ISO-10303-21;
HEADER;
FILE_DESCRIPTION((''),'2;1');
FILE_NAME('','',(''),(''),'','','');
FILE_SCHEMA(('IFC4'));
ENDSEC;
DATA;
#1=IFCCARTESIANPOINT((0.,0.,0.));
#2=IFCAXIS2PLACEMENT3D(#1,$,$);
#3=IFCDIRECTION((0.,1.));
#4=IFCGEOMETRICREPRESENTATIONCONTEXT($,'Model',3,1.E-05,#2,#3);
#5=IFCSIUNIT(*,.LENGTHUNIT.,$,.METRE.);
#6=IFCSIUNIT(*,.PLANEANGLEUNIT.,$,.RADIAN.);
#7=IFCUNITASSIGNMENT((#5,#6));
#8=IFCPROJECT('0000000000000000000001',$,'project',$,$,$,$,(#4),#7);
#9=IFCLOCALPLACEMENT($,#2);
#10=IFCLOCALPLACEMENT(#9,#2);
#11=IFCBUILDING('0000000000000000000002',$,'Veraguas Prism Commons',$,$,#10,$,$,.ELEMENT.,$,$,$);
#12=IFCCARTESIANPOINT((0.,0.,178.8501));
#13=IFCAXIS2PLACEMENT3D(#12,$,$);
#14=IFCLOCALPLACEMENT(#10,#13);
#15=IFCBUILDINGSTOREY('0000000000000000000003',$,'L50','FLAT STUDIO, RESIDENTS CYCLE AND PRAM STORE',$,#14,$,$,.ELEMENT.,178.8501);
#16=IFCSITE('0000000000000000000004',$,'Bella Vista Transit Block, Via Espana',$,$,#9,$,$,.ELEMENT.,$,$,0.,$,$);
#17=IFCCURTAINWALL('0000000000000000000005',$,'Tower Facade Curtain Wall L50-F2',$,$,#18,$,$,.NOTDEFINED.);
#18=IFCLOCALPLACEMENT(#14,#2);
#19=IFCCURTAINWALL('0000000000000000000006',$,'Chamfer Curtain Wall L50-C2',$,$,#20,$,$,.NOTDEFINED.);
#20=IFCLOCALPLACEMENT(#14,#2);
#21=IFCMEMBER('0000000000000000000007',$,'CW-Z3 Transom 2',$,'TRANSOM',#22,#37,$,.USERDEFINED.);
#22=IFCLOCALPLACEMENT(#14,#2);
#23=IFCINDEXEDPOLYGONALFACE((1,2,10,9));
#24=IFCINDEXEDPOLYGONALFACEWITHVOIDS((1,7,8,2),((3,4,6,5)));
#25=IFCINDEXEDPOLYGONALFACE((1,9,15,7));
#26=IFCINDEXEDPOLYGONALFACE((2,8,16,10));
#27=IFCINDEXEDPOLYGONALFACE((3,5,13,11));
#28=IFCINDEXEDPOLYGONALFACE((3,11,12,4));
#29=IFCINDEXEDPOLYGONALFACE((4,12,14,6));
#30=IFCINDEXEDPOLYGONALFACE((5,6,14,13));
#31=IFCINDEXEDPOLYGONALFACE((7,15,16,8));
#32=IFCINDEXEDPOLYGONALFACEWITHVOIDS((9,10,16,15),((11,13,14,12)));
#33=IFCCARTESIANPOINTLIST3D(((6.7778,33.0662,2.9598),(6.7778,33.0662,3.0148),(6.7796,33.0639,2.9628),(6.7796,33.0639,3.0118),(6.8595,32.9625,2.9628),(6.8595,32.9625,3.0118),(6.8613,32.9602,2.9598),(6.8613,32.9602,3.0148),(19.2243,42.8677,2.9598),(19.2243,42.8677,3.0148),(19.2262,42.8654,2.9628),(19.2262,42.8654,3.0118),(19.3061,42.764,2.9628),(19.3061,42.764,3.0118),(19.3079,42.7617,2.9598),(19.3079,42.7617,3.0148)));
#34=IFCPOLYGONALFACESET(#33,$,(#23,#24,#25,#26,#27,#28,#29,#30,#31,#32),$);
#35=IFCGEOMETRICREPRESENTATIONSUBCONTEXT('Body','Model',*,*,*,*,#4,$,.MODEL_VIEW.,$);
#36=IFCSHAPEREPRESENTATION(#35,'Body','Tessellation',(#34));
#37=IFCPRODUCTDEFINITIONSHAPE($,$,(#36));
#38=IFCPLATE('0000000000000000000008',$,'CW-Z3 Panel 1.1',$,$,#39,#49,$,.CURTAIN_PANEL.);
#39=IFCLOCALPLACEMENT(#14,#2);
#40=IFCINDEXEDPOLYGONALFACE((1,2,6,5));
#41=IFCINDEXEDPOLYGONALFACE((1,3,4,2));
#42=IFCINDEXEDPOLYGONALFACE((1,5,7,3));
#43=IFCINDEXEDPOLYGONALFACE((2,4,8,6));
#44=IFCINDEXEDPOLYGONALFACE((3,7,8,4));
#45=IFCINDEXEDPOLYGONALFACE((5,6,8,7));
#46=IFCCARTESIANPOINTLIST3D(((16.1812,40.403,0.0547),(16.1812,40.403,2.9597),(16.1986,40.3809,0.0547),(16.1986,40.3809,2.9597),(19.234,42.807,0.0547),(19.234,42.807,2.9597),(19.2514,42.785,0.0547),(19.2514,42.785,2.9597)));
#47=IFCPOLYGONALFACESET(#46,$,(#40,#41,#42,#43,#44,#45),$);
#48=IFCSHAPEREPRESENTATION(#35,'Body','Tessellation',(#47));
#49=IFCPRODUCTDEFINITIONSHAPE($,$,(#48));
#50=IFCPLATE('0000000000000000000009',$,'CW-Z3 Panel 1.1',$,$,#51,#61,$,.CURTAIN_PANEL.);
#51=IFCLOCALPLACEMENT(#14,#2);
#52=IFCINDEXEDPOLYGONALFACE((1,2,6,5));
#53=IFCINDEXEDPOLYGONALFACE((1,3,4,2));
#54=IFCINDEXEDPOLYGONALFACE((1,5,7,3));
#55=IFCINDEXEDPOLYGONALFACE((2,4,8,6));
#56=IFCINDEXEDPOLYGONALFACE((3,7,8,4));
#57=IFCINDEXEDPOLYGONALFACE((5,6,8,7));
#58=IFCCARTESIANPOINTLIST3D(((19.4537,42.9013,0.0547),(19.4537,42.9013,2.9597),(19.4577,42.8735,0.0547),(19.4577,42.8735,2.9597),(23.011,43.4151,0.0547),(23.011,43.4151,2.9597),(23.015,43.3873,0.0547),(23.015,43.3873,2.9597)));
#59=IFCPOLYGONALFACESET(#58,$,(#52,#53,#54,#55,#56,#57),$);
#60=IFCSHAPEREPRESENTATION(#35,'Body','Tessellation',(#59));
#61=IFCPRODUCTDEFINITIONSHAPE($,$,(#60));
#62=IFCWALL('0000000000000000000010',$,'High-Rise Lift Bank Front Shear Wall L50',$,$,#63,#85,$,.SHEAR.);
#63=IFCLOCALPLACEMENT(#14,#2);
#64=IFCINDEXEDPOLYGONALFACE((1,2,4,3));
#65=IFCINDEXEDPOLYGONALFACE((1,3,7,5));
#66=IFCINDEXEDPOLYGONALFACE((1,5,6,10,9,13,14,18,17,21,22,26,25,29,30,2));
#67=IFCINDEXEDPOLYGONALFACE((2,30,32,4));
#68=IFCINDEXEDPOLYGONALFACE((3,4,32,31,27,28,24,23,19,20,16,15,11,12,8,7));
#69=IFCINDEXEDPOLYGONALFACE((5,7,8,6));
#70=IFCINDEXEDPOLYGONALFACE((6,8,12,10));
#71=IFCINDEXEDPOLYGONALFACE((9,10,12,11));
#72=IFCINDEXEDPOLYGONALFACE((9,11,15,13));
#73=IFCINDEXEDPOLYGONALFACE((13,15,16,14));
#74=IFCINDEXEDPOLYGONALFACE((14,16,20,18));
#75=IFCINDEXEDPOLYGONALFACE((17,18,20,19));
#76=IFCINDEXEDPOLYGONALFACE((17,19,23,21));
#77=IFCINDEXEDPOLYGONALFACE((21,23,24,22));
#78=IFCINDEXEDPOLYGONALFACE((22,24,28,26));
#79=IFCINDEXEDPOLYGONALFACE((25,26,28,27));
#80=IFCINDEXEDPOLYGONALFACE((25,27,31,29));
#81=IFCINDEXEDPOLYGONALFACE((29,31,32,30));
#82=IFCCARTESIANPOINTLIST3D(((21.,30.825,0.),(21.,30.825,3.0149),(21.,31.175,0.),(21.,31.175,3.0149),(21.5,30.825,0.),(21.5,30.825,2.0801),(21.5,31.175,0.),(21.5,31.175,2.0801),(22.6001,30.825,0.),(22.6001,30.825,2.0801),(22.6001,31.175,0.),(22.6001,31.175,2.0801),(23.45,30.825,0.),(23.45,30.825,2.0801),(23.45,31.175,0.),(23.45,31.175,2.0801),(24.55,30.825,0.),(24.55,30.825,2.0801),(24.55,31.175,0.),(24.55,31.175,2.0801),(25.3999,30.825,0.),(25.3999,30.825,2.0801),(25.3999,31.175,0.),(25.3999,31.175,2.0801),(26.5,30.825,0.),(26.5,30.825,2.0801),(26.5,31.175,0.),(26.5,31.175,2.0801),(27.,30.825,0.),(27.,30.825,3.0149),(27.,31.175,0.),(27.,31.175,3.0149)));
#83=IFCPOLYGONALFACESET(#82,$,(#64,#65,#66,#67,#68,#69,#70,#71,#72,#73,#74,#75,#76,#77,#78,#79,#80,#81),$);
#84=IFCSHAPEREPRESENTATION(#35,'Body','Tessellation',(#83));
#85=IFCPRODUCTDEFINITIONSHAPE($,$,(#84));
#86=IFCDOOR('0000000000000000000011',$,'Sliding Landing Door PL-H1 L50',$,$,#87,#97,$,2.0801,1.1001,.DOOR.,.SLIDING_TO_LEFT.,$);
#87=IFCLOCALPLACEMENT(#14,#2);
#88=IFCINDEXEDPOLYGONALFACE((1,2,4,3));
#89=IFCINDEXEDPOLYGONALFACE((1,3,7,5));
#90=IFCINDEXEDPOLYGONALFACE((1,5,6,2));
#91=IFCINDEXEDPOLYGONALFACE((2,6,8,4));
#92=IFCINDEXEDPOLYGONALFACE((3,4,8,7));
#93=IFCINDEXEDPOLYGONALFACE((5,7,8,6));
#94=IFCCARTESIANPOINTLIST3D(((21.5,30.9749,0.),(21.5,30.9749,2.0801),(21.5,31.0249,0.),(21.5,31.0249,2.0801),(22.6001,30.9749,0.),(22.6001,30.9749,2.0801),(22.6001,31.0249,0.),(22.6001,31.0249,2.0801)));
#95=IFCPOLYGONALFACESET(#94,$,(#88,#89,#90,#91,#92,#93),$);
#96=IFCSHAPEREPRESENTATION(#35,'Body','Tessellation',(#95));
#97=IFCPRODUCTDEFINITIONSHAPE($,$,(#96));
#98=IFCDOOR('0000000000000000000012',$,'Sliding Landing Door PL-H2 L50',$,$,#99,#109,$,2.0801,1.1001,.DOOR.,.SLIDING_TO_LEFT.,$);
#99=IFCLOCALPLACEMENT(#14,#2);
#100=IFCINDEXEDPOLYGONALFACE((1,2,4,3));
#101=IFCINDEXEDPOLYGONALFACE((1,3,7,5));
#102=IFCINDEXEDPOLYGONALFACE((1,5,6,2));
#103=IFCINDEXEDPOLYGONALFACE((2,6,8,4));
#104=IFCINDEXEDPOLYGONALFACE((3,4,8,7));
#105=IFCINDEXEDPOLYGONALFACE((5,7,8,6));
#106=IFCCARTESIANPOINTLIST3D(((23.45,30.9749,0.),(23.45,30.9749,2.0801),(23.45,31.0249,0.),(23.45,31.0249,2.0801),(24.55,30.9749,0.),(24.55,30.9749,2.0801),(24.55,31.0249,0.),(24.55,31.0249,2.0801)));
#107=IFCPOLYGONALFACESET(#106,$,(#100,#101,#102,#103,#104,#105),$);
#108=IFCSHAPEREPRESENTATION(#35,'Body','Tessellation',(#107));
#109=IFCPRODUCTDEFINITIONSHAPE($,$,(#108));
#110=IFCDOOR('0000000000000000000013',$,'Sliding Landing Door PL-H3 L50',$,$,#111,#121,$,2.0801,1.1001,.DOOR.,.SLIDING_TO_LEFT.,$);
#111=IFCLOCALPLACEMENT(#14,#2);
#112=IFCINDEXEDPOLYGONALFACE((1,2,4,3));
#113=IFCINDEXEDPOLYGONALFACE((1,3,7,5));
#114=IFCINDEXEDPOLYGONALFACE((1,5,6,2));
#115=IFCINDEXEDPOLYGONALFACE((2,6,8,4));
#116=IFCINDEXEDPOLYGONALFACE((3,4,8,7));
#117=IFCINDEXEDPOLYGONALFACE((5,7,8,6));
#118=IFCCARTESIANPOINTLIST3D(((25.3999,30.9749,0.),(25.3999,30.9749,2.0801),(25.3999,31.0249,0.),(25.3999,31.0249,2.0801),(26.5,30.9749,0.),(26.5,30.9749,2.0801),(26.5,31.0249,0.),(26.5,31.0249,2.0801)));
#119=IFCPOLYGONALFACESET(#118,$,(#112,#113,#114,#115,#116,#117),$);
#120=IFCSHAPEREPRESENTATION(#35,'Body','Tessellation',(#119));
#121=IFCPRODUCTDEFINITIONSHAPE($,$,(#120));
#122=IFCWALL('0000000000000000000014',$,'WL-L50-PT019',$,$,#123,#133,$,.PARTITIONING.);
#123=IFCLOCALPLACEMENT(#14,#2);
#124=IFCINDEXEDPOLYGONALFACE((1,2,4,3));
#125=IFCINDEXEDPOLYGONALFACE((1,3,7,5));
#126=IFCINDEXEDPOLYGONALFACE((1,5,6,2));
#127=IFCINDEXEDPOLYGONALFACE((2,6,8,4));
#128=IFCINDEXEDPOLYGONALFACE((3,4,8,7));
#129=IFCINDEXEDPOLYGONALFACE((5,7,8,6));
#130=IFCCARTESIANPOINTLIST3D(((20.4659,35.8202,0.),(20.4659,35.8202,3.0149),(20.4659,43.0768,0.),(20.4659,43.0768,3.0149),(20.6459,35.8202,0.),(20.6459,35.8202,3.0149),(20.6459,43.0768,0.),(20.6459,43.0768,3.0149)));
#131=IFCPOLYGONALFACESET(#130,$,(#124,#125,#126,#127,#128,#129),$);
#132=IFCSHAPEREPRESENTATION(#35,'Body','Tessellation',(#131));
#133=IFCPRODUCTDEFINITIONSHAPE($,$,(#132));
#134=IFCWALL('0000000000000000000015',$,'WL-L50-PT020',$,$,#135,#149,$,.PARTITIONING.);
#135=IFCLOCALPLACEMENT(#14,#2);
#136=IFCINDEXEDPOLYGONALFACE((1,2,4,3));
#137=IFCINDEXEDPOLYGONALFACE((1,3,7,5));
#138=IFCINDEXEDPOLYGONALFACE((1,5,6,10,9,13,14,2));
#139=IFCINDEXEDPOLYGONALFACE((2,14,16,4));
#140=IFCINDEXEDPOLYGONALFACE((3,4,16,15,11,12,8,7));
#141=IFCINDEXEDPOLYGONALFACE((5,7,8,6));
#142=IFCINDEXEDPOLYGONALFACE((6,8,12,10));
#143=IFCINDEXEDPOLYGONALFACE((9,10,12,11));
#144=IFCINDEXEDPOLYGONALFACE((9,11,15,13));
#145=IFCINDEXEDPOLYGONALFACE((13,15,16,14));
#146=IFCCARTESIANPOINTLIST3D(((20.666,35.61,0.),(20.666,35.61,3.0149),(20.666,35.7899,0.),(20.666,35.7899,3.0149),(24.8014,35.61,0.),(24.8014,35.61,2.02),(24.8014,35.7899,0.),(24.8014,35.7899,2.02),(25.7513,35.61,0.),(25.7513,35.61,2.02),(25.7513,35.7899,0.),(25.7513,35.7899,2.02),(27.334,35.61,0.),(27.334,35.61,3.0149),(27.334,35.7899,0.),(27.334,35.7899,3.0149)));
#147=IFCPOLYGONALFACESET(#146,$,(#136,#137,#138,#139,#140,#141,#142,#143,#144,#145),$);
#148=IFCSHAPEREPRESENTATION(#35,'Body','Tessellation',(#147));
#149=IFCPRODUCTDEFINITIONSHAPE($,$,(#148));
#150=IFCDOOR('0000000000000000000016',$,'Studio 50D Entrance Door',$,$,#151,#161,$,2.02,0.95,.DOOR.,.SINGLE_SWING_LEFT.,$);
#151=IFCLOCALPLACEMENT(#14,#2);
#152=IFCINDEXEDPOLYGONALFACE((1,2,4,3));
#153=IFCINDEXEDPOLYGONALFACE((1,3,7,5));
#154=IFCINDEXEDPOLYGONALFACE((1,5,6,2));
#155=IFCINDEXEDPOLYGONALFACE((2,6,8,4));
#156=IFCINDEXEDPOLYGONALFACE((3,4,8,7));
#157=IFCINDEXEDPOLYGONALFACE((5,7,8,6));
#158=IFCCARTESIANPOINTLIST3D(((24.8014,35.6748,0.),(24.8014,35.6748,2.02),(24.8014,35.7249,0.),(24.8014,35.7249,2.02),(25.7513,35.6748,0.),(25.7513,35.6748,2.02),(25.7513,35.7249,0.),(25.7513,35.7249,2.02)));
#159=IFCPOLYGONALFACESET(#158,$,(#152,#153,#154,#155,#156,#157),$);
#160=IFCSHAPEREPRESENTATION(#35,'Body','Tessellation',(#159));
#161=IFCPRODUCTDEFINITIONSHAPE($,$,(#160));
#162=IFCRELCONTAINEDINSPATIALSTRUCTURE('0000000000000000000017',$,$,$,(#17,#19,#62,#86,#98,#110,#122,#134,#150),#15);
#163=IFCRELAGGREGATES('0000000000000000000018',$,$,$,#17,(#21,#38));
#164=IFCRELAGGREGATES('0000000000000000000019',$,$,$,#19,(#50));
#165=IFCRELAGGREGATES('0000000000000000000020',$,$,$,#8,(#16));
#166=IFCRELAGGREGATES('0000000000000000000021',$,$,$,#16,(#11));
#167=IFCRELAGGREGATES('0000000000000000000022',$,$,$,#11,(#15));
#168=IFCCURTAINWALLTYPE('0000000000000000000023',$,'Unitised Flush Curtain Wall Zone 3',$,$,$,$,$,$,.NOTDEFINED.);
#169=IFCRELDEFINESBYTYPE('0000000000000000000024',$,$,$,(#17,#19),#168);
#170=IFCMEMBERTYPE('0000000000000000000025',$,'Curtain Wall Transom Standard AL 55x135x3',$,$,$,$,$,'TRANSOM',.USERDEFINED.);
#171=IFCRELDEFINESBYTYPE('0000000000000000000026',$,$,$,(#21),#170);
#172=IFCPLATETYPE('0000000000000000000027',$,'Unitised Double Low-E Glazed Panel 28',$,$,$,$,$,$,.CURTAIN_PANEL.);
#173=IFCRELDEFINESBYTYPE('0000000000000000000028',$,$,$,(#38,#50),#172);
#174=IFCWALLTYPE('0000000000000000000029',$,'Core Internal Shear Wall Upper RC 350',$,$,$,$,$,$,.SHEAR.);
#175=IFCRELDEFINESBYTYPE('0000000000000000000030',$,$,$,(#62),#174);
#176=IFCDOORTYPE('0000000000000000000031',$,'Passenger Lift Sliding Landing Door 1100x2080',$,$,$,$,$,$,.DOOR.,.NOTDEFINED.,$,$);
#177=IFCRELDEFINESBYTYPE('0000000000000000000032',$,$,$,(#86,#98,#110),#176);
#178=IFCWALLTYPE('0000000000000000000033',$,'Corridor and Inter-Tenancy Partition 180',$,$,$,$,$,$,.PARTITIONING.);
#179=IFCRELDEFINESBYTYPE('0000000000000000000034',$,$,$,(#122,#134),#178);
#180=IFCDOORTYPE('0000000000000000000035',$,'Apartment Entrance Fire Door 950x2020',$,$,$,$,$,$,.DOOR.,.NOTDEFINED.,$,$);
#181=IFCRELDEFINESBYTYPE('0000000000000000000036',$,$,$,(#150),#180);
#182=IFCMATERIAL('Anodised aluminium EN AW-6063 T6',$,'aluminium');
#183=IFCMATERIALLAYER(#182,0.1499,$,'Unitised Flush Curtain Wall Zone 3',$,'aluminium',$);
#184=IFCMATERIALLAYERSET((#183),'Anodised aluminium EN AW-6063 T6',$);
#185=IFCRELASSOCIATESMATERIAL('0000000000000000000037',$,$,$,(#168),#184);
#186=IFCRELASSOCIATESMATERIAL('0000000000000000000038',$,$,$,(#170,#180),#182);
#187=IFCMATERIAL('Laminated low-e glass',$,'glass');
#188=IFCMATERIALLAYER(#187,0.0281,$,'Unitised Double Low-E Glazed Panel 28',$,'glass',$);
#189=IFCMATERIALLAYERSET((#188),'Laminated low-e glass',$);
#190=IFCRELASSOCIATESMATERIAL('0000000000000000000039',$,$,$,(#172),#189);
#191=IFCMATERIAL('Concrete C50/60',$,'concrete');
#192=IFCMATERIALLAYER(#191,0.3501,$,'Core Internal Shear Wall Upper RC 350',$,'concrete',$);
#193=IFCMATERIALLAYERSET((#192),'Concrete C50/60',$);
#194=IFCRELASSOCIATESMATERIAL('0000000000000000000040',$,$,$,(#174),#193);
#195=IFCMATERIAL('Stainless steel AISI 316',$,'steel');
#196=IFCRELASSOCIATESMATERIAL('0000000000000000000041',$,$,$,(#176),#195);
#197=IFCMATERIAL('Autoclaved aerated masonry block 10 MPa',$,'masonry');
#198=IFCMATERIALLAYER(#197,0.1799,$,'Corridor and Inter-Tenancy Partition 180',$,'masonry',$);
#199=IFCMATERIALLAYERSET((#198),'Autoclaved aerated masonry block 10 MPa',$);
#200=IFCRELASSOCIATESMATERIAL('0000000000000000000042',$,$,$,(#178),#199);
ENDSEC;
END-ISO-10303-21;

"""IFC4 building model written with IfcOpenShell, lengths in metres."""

from ifc_helpers import new_model, si_unit, direction, frame, frame_2d, origin, origin_2d, place, context, subcontext, project, spatial, rectangle, hollow_rectangle, extrude, source, transform, mapped, material, layer, layer_set, material_profile, profile_set, type_object, element, fill, aggregate, save


model = new_model("IFC4")

# Units and contexts
model_context = context("Model", 3, precision=1e-05, world=origin(), true_north=direction((0.0, 1.0)))
body_context = subcontext(model_context, "Body", "Model", "MODEL_VIEW")
ifc_project = project(units=[si_unit("LENGTHUNIT", "METRE"), si_unit("PLANEANGLEUNIT", "RADIAN")], contexts=[model_context])

# Site, building, storey
site_placement = place(None, origin())
site = spatial("IfcSite", under=ifc_project, at=site_placement, Name="Bella Vista Transit Block, Via Espana", CompositionType="ELEMENT", RefElevation=0.0)
building_placement = place(site_placement, origin())
building = spatial("IfcBuilding", under=site, at=building_placement, Name="Veraguas Prism Commons", CompositionType="ELEMENT")
storey_placement = place(building_placement, frame((0.0, 0.0, 178.8501)))
storey = spatial("IfcBuildingStorey", under=building, at=storey_placement, Name="L50", Description="FLAT STUDIO, RESIDENTS CYCLE AND PRAM STORE", CompositionType="ELEMENT", Elevation=178.8501)

# Shared definitions
ifc_material_1 = material(Name="Concrete C50/60", Category="concrete")

# Curtain wall
ifc_material_2 = material(Name="Anodised aluminium EN AW-6063 T6", Category="aluminium")
ifc_layer_1 = layer(ifc_material_2, 0.1499, Name="Unitised Flush Curtain Wall Zone 3", Category="aluminium")
ifc_layer_set_1 = layer_set([ifc_layer_1], Name="Anodised aluminium EN AW-6063 T6")
curtain_wall_type = type_object("IfcCurtainWallType", Name="Unitised Flush Curtain Wall Zone 3", PredefinedType="NOTDEFINED", material=ifc_layer_set_1)
curtain_wall_1_placement = place(storey_placement, origin())
curtain_wall_1 = element("IfcCurtainWall", 1, at=curtain_wall_1_placement, inside=storey, type_object=curtain_wall_type, Name="Tower Facade Curtain Wall L50-F2", PredefinedType="NOTDEFINED")

# Curtain wall
curtain_wall_2_placement = place(storey_placement, origin())
curtain_wall_2 = element("IfcCurtainWall", 2, at=curtain_wall_2_placement, inside=storey, type_object=curtain_wall_type, Name="Chamfer Curtain Wall L50-C2", PredefinedType="NOTDEFINED")

# Member
ifc_material_profile_1 = material_profile(ifc_material_2, hollow_rectangle(XDim=0.0549, YDim=0.135, WallThickness=0.0029, at=origin_2d()), Name="AL55X135X3")
ifc_profile_set_1 = profile_set([ifc_material_profile_1], Name="Anodised aluminium EN AW-6063 T6")
member_type_1 = type_object("IfcMemberType", Name="Curtain Wall Transom Standard AL 55x135x3", ElementType="TRANSOM", PredefinedType="USERDEFINED", material=ifc_profile_set_1)
shared_shape_1 = source(origin(), body_context, "Body", "SweptSolid", [
    extrude(hollow_rectangle(XDim=0.0549, YDim=0.135, WallThickness=0.0029, at=origin_2d()), origin(), (0.0, 0.0, 1.0), 15.8425),
])
member_1_placement = place(storey_placement, frame((19.2661, 42.8147, 2.9873), z_axis=(-0.78564, -0.618683, 0.0), x_axis=(0.0, 0.0, 1.0)))
member_1 = element("IfcMember", 3, at=member_1_placement, type_object=member_type_1, Name="CW-Z3 Transom 2", ObjectType="TRANSOM", PredefinedType="USERDEFINED", context=body_context, shape_type="MappedRepresentation", body=[
    mapped(shared_shape_1, transform((0.0, 0.0, 0.0), scale=1.0)),
])

# Plates
ifc_material_3 = material(Name="Laminated low-e glass", Category="glass")
ifc_layer_2 = layer(ifc_material_3, 0.0281, Name="Unitised Double Low-E Glazed Panel 28", Category="glass")
ifc_layer_set_2 = layer_set([ifc_layer_2], Name="Laminated low-e glass")
plate_type = type_object("IfcPlateType", Name="Unitised Double Low-E Glazed Panel 28", PredefinedType="CURTAIN_PANEL", material=ifc_layer_set_2)
shared_shape_2 = source(origin(), body_context, "Body", "SweptSolid", [
    extrude(rectangle(XDim=3.8857, YDim=0.0281, at=origin_2d()), origin(), (0.0, 0.0, 1.0), 2.905),
])
plate_1_placement = place(storey_placement, frame((17.7163, 41.594, 0.0547), z_axis=(0.0, 0.0, 1.0), x_axis=(-0.785642, -0.618681, 0.0)))
plate_1 = element("IfcPlate", 4, at=plate_1_placement, type_object=plate_type, Name="CW-Z3 Panel 1.1", PredefinedType="CURTAIN_PANEL", context=body_context, shape_type="MappedRepresentation", body=[
    mapped(shared_shape_2, transform((0.0, 0.0, 0.0), scale=1.0)),
])
aggregate(curtain_wall_1, [member_1, plate_1])
shared_shape_3 = source(origin(), body_context, "Body", "SweptSolid", [
    extrude(rectangle(XDim=3.5942, YDim=0.0281, at=origin_2d()), origin(), (0.0, 0.0, 1.0), 2.905),
])
plate_2_placement = place(storey_placement, frame((21.2344, 43.1443, 0.0547), z_axis=(0.0, 0.0, 1.0), x_axis=(-0.989729, -0.142959, 0.0)))
plate_2 = element("IfcPlate", 5, at=plate_2_placement, type_object=plate_type, Name="CW-Z3 Panel 1.1", PredefinedType="CURTAIN_PANEL", context=body_context, shape_type="MappedRepresentation", body=[
    mapped(shared_shape_3, transform((0.0, 0.0, 0.0), scale=1.0)),
])
aggregate(curtain_wall_2, [plate_2])

# Wall, openings, doors
ifc_layer_3 = layer(ifc_material_1, 0.3501, Name="Core Internal Shear Wall Upper RC 350", Category="concrete")
ifc_layer_set_3 = layer_set([ifc_layer_3], Name="Concrete C50/60")
wall_type_1 = type_object("IfcWallType", Name="Core Internal Shear Wall Upper RC 350", PredefinedType="SHEAR", material=ifc_layer_set_3)
wall_1_placement = place(storey_placement, frame((21.0, 31.0, 0.0), z_axis=(0.0, 0.0, 1.0), x_axis=(1.0, 0.0, 0.0)))
wall_1 = element("IfcWall", 6, at=wall_1_placement, inside=storey, type_object=wall_type_1, Name="High-Rise Lift Bank Front Shear Wall L50", PredefinedType="SHEAR", context=body_context, shape_type="SweptSolid", body=[
    extrude(rectangle(XDim=6.0, YDim=0.3501, at=frame_2d((3.0, 0.0))), origin(), (0.0, 0.0, 1.0), 3.0149),
])
opening_1_placement = place(wall_1_placement, frame((0.5, 0.0, 0.0)))
opening_1 = element("IfcOpeningElement", 7, at=opening_1_placement, cuts=wall_1, PredefinedType="OPENING", context=body_context, shape_type="SweptSolid", body=[
    extrude(rectangle(XDim=1.1001, YDim=2.0801, at=frame_2d((0.55, 1.04))), frame((0.0, 0.1851, 0.0), z_axis=(0.0, -1.0, 0.0), x_axis=(1.0, 0.0, 0.0)), (0.0, 0.0, 1.0), 0.3701),
])
opening_2_placement = place(wall_1_placement, frame((2.45, 0.0, 0.0)))
opening_2 = element("IfcOpeningElement", 8, at=opening_2_placement, cuts=wall_1, PredefinedType="OPENING", context=body_context, shape_type="SweptSolid", body=[
    extrude(rectangle(XDim=1.1001, YDim=2.0801, at=frame_2d((0.55, 1.04))), frame((0.0, 0.1851, 0.0), z_axis=(0.0, -1.0, 0.0), x_axis=(1.0, 0.0, 0.0)), (0.0, 0.0, 1.0), 0.3701),
])
opening_3_placement = place(wall_1_placement, frame((4.3999, 0.0, 0.0)))
opening_3 = element("IfcOpeningElement", 9, at=opening_3_placement, cuts=wall_1, PredefinedType="OPENING", context=body_context, shape_type="SweptSolid", body=[
    extrude(rectangle(XDim=1.1001, YDim=2.0801, at=frame_2d((0.55, 1.04))), frame((0.0, 0.1851, 0.0), z_axis=(0.0, -1.0, 0.0), x_axis=(1.0, 0.0, 0.0)), (0.0, 0.0, 1.0), 0.3701),
])
ifc_material_4 = material(Name="Stainless steel AISI 316", Category="steel")
door_type_1 = type_object("IfcDoorType", Name="Passenger Lift Sliding Landing Door 1100x2080", OperationType="NOTDEFINED", PredefinedType="DOOR", material=ifc_material_4)
shared_shape_4 = source(origin(), body_context, "Body", "SweptSolid", [
    extrude(rectangle(XDim=1.1001, YDim=2.0801, at=frame_2d((0.55, 1.04))), frame((0.0, 0.0249, 0.0), z_axis=(0.0, -1.0, 0.0), x_axis=(1.0, 0.0, 0.0)), (0.0, 0.0, 1.0), 0.05),
])
door_1_placement = place(opening_1_placement, origin())
door_1 = element("IfcDoor", 10, at=door_1_placement, inside=storey, type_object=door_type_1, Name="Sliding Landing Door PL-H1 L50", OperationType="SLIDING_TO_LEFT", OverallHeight=2.0801, OverallWidth=1.1001, PredefinedType="DOOR", context=body_context, shape_type="MappedRepresentation", body=[
    mapped(shared_shape_4, transform((0.0, 0.0, 0.0), scale=1.0)),
])
fill(opening_1, door_1)
door_2_placement = place(opening_2_placement, origin())
door_2 = element("IfcDoor", 11, at=door_2_placement, inside=storey, type_object=door_type_1, Name="Sliding Landing Door PL-H2 L50", OperationType="SLIDING_TO_LEFT", OverallHeight=2.0801, OverallWidth=1.1001, PredefinedType="DOOR", context=body_context, shape_type="MappedRepresentation", body=[
    mapped(shared_shape_4, transform((0.0, 0.0, 0.0), scale=1.0)),
])
fill(opening_2, door_2)
door_3_placement = place(opening_3_placement, origin())
door_3 = element("IfcDoor", 12, at=door_3_placement, inside=storey, type_object=door_type_1, Name="Sliding Landing Door PL-H3 L50", OperationType="SLIDING_TO_LEFT", OverallHeight=2.0801, OverallWidth=1.1001, PredefinedType="DOOR", context=body_context, shape_type="MappedRepresentation", body=[
    mapped(shared_shape_4, transform((0.0, 0.0, 0.0), scale=1.0)),
])
fill(opening_3, door_3)

# Wall
ifc_material_5 = material(Name="Autoclaved aerated masonry block 10 MPa", Category="masonry")
ifc_layer_4 = layer(ifc_material_5, 0.1799, Name="Corridor and Inter-Tenancy Partition 180", Category="masonry")
ifc_layer_set_4 = layer_set([ifc_layer_4], Name="Autoclaved aerated masonry block 10 MPa")
wall_type_2 = type_object("IfcWallType", Name="Corridor and Inter-Tenancy Partition 180", PredefinedType="PARTITIONING", material=ifc_layer_set_4)
wall_2_placement = place(storey_placement, frame((20.5559, 35.8201, 0.0), z_axis=(0.0, 0.0, 1.0), x_axis=(0.0, 1.0, 0.0)))
element("IfcWall", 13, at=wall_2_placement, inside=storey, type_object=wall_type_2, Name="WL-L50-PT019", PredefinedType="PARTITIONING", context=body_context, shape_type="SweptSolid", body=[
    extrude(rectangle(XDim=7.2566, YDim=0.1799, at=frame_2d((3.6284, 0.0))), origin(), (0.0, 0.0, 1.0), 3.0149),
])

# Wall, opening, door
wall_3_placement = place(storey_placement, frame((20.666, 35.7, 0.0), z_axis=(0.0, 0.0, 1.0), x_axis=(1.0, 0.0, 0.0)))
wall_3 = element("IfcWall", 14, at=wall_3_placement, inside=storey, type_object=wall_type_2, Name="WL-L50-PT020", PredefinedType="PARTITIONING", context=body_context, shape_type="SweptSolid", body=[
    extrude(rectangle(XDim=6.668, YDim=0.1799, at=frame_2d((3.334, 0.0))), origin(), (0.0, 0.0, 1.0), 3.0149),
])
opening_4_placement = place(wall_3_placement, frame((4.1353, 0.0, 0.0)))
opening_4 = element("IfcOpeningElement", 15, at=opening_4_placement, cuts=wall_3, PredefinedType="OPENING", context=body_context, shape_type="SweptSolid", body=[
    extrude(rectangle(XDim=0.95, YDim=2.02, at=frame_2d((0.4751, 1.01))), frame((0.0, 0.0999, 0.0), z_axis=(0.0, -1.0, 0.0), x_axis=(1.0, 0.0, 0.0)), (0.0, 0.0, 1.0), 0.2),
])
door_type_2 = type_object("IfcDoorType", Name="Apartment Entrance Fire Door 950x2020", OperationType="NOTDEFINED", PredefinedType="DOOR", material=ifc_material_2)
shared_shape_5 = source(origin(), body_context, "Body", "SweptSolid", [
    extrude(rectangle(XDim=0.95, YDim=2.02, at=frame_2d((0.4751, 1.01))), frame((0.0, 0.0249, 0.0), z_axis=(0.0, -1.0, 0.0), x_axis=(1.0, 0.0, 0.0)), (0.0, 0.0, 1.0), 0.05),
])
door_4_placement = place(opening_4_placement, origin())
door_4 = element("IfcDoor", 16, at=door_4_placement, inside=storey, type_object=door_type_2, Name="Studio 50D Entrance Door", OperationType="SINGLE_SWING_LEFT", OverallHeight=2.02, OverallWidth=0.95, PredefinedType="DOOR", context=body_context, shape_type="MappedRepresentation", body=[
    mapped(shared_shape_5, transform((0.0, 0.0, 0.0), scale=1.0)),
])
fill(opening_4, door_4)

save(model, "model.ifc")
